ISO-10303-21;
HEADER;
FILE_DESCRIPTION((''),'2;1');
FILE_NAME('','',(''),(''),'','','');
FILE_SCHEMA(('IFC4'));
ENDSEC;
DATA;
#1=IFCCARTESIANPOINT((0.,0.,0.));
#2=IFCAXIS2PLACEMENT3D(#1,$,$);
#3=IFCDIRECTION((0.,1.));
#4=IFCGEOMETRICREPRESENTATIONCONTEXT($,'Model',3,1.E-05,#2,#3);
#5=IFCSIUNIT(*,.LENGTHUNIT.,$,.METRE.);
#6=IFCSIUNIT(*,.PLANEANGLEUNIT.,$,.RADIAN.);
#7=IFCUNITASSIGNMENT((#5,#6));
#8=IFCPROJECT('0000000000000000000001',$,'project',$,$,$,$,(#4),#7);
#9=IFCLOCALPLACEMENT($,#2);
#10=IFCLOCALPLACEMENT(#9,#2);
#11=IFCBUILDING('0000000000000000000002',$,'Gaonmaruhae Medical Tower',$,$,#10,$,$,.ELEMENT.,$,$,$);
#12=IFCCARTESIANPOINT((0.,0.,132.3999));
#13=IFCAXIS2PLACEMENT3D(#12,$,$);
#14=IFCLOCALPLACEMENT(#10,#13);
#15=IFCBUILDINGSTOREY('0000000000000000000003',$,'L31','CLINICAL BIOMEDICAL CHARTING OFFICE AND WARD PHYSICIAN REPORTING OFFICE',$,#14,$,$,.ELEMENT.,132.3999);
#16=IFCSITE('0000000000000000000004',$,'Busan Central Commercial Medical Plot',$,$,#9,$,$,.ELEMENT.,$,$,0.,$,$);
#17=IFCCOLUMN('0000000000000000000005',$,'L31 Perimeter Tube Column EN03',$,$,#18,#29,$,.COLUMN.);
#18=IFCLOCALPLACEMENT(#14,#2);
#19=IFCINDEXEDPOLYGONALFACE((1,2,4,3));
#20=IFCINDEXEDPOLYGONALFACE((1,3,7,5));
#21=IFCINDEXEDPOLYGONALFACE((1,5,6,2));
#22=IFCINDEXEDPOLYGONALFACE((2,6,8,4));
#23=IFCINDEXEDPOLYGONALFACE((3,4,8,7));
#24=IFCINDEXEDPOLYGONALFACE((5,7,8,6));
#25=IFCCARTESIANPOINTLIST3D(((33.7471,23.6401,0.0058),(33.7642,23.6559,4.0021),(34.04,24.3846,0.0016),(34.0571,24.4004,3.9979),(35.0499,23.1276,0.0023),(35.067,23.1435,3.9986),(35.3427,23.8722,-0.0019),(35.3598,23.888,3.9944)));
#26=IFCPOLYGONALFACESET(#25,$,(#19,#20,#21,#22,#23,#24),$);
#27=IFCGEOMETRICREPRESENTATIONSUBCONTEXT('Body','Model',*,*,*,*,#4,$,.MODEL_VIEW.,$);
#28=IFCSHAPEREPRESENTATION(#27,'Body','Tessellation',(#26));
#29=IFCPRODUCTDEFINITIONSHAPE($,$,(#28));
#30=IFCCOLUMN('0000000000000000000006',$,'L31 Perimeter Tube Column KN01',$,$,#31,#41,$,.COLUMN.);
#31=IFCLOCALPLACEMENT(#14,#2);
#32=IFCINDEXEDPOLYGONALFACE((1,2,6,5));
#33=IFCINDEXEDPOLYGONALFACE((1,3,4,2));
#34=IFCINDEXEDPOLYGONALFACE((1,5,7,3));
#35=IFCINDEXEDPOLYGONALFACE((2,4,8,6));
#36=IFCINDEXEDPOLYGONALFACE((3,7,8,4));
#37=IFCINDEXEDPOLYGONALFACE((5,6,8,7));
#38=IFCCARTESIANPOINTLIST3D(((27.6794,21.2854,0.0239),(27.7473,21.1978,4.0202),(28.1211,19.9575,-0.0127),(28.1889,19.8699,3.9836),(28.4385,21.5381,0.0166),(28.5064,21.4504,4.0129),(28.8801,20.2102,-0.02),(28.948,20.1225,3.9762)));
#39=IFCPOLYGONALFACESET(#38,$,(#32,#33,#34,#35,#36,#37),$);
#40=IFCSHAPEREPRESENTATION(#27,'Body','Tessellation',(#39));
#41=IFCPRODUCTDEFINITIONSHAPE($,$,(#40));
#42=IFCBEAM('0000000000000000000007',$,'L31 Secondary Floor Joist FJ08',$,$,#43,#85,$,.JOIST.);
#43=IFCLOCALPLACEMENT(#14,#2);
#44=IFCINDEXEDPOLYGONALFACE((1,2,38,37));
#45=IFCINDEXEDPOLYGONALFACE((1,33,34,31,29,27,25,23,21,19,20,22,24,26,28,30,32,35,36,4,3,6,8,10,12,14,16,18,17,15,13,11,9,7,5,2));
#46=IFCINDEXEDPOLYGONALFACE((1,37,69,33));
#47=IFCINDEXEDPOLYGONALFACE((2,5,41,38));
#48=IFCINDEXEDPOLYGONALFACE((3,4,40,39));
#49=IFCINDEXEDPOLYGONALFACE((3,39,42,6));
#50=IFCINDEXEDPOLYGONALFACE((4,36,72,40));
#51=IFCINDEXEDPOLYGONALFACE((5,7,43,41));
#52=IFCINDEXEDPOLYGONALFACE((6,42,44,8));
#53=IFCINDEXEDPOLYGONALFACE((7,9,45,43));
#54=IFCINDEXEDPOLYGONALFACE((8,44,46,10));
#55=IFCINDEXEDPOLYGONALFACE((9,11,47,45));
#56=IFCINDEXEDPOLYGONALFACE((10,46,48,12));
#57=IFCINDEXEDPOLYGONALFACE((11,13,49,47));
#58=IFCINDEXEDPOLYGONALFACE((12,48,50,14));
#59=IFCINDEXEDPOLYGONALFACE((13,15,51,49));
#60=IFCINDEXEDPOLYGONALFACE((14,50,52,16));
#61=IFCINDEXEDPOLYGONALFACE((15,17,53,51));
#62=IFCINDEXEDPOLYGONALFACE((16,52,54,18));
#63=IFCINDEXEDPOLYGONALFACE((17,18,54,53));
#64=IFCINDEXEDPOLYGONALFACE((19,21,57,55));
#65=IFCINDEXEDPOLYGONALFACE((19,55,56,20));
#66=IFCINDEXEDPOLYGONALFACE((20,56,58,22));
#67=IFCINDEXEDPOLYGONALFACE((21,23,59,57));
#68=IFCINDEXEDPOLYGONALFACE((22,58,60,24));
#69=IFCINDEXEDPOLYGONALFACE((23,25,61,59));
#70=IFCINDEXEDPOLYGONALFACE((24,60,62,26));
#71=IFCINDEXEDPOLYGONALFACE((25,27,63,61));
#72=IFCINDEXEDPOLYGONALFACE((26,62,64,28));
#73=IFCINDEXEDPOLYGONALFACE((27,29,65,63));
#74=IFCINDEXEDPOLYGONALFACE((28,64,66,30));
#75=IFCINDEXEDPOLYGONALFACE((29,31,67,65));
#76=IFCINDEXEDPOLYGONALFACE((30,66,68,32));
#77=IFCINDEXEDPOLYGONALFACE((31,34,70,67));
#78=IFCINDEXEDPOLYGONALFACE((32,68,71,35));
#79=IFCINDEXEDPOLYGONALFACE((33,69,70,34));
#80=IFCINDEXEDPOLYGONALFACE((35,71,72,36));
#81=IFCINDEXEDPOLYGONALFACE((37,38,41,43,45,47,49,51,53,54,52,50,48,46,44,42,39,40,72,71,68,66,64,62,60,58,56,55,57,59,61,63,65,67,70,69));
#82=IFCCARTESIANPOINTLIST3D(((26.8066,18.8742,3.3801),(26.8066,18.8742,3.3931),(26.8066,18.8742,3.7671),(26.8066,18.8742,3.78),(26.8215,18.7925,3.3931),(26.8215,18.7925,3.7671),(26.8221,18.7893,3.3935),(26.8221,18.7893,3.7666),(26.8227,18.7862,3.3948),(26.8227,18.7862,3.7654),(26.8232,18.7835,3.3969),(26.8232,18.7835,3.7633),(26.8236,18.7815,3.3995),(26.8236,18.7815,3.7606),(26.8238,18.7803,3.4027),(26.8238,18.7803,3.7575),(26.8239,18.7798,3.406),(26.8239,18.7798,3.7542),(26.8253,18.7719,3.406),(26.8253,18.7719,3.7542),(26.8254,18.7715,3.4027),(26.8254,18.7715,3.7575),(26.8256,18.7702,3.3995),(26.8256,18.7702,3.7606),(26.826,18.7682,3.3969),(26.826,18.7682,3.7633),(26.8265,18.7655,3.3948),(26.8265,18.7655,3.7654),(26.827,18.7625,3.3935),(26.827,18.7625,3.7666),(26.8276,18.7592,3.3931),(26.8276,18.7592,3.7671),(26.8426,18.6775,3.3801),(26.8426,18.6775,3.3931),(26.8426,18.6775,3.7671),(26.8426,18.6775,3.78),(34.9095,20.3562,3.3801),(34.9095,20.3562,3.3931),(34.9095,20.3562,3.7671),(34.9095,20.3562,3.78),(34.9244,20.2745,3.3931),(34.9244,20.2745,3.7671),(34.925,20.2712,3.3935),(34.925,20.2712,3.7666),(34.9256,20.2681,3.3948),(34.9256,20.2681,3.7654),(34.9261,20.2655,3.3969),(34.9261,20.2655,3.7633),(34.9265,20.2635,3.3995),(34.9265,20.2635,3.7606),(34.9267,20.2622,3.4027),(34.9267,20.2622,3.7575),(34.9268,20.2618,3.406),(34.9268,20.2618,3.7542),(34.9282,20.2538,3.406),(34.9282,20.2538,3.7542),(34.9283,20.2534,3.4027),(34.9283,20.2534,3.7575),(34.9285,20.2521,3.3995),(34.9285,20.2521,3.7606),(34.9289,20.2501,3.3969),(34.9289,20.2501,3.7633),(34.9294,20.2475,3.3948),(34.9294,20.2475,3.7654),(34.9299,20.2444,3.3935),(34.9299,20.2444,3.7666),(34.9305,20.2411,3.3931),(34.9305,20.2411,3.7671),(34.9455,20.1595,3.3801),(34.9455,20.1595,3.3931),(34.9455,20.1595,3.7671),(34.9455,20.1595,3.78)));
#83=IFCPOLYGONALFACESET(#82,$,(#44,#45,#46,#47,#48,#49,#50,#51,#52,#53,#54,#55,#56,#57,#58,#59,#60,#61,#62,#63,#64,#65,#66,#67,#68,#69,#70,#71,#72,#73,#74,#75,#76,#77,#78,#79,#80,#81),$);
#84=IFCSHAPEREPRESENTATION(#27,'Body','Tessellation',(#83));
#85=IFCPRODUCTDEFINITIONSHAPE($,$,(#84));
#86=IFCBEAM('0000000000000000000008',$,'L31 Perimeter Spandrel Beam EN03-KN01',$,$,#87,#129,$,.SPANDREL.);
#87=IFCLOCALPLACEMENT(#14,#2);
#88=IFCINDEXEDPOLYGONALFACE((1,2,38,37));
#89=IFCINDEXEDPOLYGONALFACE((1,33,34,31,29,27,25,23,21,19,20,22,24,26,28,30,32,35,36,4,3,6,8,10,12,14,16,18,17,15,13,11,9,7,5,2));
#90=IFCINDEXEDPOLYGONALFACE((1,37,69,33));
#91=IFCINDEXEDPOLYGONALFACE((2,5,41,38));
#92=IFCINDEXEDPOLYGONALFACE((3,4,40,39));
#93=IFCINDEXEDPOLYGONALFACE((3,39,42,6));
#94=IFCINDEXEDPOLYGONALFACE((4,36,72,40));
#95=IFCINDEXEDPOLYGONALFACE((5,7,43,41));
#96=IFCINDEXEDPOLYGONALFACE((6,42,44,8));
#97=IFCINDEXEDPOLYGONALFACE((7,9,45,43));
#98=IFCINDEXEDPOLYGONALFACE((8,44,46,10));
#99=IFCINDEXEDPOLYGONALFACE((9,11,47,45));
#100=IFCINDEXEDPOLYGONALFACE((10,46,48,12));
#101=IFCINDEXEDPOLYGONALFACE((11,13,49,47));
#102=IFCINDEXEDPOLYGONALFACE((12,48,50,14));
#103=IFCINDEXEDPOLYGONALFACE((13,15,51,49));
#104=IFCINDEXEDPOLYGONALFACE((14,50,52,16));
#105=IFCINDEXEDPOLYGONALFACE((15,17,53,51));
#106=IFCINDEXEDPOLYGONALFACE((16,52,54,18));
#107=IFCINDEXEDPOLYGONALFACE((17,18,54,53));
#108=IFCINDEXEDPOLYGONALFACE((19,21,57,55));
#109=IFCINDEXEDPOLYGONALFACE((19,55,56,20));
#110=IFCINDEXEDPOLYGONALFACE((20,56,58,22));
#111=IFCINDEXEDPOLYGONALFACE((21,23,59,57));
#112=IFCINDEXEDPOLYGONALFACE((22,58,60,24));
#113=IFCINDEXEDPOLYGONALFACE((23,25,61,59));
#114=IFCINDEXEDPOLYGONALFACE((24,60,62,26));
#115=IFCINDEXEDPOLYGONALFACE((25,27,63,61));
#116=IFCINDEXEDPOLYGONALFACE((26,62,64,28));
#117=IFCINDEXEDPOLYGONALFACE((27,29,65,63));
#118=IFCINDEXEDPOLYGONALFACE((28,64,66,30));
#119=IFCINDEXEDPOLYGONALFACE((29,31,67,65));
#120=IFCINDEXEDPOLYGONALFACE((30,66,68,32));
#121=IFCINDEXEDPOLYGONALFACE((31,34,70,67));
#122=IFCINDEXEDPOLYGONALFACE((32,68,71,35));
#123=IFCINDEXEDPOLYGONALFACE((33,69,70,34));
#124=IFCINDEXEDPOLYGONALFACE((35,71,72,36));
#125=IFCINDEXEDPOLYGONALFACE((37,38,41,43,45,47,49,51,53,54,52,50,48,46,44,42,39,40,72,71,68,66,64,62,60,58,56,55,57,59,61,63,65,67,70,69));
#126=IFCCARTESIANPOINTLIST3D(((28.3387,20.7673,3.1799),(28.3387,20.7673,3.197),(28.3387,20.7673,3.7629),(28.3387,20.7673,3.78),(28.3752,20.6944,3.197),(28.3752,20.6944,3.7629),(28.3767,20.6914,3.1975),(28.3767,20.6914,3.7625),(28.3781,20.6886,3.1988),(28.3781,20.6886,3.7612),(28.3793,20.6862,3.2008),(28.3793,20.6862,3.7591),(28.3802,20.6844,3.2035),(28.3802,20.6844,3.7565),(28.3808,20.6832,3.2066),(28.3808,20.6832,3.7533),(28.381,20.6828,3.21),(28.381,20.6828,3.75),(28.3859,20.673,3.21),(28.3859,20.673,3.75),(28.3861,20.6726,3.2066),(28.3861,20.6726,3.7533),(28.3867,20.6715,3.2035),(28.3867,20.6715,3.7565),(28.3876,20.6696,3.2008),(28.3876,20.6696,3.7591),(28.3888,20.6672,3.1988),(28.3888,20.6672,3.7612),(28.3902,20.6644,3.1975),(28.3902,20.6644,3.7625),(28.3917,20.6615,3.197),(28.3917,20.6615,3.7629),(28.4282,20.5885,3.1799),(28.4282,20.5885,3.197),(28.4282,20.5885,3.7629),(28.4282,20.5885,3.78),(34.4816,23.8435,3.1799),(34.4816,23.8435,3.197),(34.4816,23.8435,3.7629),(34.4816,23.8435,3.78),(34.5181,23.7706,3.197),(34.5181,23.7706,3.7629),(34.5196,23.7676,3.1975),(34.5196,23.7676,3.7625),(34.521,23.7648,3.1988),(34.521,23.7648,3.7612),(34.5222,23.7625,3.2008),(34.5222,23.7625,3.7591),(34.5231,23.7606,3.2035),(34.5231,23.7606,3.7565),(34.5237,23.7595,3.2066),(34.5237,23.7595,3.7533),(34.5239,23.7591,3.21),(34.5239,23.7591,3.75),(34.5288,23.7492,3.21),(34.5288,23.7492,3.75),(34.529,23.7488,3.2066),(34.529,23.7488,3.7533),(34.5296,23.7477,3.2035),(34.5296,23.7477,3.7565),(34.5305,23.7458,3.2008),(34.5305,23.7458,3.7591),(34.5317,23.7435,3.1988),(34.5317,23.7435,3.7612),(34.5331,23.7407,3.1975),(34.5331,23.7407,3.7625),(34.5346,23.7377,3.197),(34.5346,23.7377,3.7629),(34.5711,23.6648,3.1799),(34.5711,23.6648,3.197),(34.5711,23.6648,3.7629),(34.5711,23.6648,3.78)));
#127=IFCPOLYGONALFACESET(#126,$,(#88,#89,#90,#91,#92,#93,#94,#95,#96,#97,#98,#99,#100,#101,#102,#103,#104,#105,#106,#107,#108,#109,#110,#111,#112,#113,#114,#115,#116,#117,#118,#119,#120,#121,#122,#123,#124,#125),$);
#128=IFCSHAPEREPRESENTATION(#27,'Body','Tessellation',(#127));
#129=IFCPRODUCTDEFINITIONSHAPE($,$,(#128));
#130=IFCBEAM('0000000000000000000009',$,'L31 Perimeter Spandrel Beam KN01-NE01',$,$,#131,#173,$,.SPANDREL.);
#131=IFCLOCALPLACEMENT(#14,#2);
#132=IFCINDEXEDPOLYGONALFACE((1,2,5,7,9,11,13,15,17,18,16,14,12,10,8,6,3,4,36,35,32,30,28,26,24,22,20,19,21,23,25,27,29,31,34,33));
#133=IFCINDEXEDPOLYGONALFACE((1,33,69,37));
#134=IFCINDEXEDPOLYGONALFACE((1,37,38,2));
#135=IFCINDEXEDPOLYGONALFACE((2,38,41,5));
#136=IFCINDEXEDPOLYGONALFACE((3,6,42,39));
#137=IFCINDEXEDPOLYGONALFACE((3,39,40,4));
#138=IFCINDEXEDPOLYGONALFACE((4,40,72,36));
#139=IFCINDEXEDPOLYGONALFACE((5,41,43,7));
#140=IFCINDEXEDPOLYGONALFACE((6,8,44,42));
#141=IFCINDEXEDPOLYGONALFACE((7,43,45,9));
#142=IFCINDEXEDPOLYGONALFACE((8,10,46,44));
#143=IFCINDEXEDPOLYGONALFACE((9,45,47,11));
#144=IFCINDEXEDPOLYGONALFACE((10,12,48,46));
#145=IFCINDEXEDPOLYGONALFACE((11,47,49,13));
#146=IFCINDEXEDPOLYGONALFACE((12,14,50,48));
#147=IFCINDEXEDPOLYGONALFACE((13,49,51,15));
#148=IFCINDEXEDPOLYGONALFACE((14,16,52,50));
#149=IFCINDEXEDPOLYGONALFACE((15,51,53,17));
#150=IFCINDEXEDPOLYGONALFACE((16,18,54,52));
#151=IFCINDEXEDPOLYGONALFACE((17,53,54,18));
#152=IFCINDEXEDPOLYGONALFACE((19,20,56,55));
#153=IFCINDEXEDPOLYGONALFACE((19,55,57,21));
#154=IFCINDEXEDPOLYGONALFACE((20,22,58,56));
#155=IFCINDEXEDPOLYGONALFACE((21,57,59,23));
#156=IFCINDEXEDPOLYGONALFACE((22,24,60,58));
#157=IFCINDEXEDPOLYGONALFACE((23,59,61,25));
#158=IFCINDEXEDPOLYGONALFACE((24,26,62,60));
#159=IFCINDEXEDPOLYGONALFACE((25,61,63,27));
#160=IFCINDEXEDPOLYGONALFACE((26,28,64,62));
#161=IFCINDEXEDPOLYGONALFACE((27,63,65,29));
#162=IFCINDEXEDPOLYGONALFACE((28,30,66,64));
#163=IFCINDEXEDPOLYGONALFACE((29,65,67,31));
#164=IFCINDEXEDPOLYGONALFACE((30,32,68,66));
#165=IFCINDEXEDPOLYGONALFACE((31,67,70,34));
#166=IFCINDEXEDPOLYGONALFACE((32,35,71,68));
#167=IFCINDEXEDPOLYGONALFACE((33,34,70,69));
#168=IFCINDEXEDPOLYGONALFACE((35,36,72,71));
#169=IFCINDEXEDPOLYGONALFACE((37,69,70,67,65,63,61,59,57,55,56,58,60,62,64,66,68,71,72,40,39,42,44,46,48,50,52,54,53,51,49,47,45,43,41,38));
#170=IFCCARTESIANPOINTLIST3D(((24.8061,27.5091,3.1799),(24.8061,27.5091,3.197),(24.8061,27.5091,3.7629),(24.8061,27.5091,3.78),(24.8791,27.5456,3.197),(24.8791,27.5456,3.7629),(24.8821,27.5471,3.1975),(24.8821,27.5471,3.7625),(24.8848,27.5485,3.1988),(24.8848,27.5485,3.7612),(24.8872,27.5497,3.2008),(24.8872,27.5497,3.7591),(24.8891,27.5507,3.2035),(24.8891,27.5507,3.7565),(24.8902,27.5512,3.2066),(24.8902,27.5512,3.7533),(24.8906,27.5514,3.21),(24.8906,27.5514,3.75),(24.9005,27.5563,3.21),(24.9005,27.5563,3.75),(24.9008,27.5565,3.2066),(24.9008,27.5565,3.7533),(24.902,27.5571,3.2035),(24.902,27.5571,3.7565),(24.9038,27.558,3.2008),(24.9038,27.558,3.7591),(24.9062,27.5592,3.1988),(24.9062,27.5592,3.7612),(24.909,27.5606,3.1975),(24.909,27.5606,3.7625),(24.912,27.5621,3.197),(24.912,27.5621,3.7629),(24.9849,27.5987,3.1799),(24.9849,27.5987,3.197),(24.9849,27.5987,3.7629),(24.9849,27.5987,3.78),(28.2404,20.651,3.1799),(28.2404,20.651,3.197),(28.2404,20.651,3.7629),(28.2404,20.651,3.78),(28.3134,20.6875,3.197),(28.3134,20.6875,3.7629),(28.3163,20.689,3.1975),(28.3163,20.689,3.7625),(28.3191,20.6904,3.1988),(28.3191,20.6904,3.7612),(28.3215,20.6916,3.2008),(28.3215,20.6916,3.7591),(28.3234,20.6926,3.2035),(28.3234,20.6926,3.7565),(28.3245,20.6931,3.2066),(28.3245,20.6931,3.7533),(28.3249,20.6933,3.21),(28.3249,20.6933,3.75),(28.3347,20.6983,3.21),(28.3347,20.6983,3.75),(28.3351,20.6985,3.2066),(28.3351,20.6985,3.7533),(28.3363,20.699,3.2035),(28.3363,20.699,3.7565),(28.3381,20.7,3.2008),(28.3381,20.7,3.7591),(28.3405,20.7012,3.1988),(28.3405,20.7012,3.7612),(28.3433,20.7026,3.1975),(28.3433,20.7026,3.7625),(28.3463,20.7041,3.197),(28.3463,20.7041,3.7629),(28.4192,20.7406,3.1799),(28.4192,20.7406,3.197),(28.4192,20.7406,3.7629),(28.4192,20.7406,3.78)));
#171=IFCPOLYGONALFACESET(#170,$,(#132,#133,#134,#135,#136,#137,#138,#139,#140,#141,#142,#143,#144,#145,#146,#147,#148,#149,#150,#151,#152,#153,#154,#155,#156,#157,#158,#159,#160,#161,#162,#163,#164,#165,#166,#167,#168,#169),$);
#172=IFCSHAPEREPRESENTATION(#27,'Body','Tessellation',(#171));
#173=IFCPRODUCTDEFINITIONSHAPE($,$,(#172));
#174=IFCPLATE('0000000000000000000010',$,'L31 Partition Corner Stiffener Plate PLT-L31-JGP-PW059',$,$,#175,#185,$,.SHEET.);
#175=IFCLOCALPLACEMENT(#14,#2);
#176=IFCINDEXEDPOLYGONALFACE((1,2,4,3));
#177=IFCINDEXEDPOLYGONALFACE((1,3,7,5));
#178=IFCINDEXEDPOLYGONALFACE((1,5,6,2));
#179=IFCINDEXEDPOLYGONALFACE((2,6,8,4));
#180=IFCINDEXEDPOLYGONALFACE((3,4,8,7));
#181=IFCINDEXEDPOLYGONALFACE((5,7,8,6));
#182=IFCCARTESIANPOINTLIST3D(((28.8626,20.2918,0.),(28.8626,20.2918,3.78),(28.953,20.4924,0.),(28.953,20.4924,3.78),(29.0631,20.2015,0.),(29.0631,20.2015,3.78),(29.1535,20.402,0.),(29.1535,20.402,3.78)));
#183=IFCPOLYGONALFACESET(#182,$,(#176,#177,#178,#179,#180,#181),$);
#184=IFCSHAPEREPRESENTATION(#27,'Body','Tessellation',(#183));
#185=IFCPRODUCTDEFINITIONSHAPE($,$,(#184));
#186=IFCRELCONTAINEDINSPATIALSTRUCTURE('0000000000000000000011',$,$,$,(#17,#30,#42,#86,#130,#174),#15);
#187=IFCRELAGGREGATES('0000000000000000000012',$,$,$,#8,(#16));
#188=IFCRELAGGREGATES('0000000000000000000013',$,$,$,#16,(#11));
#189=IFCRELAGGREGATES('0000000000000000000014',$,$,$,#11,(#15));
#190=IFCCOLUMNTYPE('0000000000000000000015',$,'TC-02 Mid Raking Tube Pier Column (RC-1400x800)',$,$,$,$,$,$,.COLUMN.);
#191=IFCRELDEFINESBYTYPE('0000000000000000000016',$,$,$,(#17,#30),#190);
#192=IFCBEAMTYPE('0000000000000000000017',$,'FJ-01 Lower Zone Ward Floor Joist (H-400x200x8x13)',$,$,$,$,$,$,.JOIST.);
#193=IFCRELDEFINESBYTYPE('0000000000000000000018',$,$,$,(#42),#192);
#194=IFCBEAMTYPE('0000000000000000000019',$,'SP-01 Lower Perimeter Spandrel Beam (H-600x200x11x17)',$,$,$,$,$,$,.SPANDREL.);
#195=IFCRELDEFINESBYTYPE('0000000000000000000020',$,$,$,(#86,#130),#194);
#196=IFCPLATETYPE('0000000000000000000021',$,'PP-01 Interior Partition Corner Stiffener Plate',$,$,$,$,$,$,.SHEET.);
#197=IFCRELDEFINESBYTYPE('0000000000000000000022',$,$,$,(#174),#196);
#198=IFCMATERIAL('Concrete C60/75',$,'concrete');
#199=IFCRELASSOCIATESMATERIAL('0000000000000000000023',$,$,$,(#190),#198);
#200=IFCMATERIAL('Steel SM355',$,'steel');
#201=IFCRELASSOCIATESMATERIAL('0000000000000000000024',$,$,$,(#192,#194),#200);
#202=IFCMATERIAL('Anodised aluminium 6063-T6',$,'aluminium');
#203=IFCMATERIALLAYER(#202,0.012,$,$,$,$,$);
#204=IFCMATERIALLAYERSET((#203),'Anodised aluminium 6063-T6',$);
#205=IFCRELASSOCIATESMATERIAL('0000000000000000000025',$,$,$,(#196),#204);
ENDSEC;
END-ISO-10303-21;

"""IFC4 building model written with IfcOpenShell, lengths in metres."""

from ifc_helpers import new_model, si_unit, direction, frame, origin, origin_2d, place, context, subcontext, project, spatial, rectangle, i_section, extrude, material, layer, layer_set, material_profile, profile_set, type_object, element, save


model = new_model("IFC4")

# Units and contexts
model_context = context("Model", 3, precision=1e-05, world=origin(), true_north=direction((0.0, 1.0)))
body_context = subcontext(model_context, "Body", "Model", "MODEL_VIEW")
ifc_project = project(units=[si_unit("LENGTHUNIT", "METRE"), si_unit("PLANEANGLEUNIT", "RADIAN")], contexts=[model_context])

# Site, building, storey
site_placement = place(None, origin())
site = spatial("IfcSite", under=ifc_project, at=site_placement, Name="Busan Central Commercial Medical Plot", CompositionType="ELEMENT", RefElevation=0.0)
building_placement = place(site_placement, origin())
building = spatial("IfcBuilding", under=site, at=building_placement, Name="Gaonmaruhae Medical Tower", CompositionType="ELEMENT")
storey_placement = place(building_placement, frame((0.0, 0.0, 132.3999)))
storey = spatial("IfcBuildingStorey", under=building, at=storey_placement, Name="L31", Description="CLINICAL BIOMEDICAL CHARTING OFFICE AND WARD PHYSICIAN REPORTING OFFICE", CompositionType="ELEMENT", Elevation=132.3999)

# Columns
ifc_material_1 = material(Name="Concrete C60/75", Category="concrete")
ifc_material_profile_1 = material_profile(ifc_material_1, rectangle(XDim=1.3999, YDim=0.8, at=origin_2d()), Name="RC-1400x800")
ifc_profile_set_1 = profile_set([ifc_material_profile_1], Name="Concrete C60/75")
column_type = type_object("IfcColumnType", Name="TC-02 Mid Raking Tube Pier Column (RC-1400x800)", PredefinedType="COLUMN", material=ifc_profile_set_1)
column_1_placement = place(storey_placement, frame((34.5449, 23.7561, 0.002), z_axis=(0.004276, 0.003971, 0.999983), x_axis=(-0.930597, 0.366037, 0.002526)))
element("IfcColumn", 1, at=column_1_placement, inside=storey, type_object=column_type, Name="L31 Perimeter Tube Column EN03", PredefinedType="COLUMN", context=body_context, shape_type="SweptSolid", body=[
    extrude(rectangle(XDim=1.3999, YDim=0.8, at=origin_2d()), origin(), (0.0, 0.0, 1.0), 3.9963),
])
column_2_placement = place(storey_placement, frame((28.2798, 20.7478, 0.002), z_axis=(0.016977, -0.021923, 0.999616), x_axis=(-0.315481, 0.948571, 0.026162)))
element("IfcColumn", 2, at=column_2_placement, inside=storey, type_object=column_type, Name="L31 Perimeter Tube Column KN01", PredefinedType="COLUMN", context=body_context, shape_type="SweptSolid", body=[
    extrude(rectangle(XDim=1.3999, YDim=0.8, at=origin_2d()), origin(), (0.0, 0.0, 1.0), 3.9978),
])

# Beams
ifc_material_2 = material(Name="Steel SM355", Category="steel")
ifc_material_profile_2 = material_profile(ifc_material_2, i_section(OverallWidth=0.2, OverallDepth=0.3999, WebThickness=0.0081, FlangeThickness=0.0129, FilletRadius=0.0129, at=origin_2d()), Name="H-400x200x8x13")
ifc_profile_set_2 = profile_set([ifc_material_profile_2], Name="Steel SM355")
beam_type_1 = type_object("IfcBeamType", Name="FJ-01 Lower Zone Ward Floor Joist (H-400x200x8x13)", PredefinedType="JOIST", material=ifc_profile_set_2)
beam_1_placement = place(storey_placement, frame((34.9275, 20.2578, 3.5801), z_axis=(-0.983683, -0.179908, 0.0), x_axis=(0.179908, -0.983683, 0.0)))
element("IfcBeam", 3, at=beam_1_placement, inside=storey, type_object=beam_type_1, Name="L31 Secondary Floor Joist FJ08", PredefinedType="JOIST", context=body_context, shape_type="SweptSolid", body=[
    extrude(i_section(OverallWidth=0.2, OverallDepth=0.3999, WebThickness=0.0081, FlangeThickness=0.0129, FilletRadius=0.0129, at=origin_2d()), origin(), (0.0, 0.0, 1.0), 8.2373),
])
ifc_material_profile_3 = material_profile(ifc_material_2, i_section(OverallWidth=0.2, OverallDepth=0.6001, WebThickness=0.011, FlangeThickness=0.0171, FilletRadius=0.0129, at=origin_2d()), Name="H-600x200x11x17")
ifc_profile_set_3 = profile_set([ifc_material_profile_3], Name="Steel SM355")
beam_type_2 = type_object("IfcBeamType", Name="SP-01 Lower Perimeter Spandrel Beam (H-600x200x11x17)", PredefinedType="SPANDREL", material=ifc_profile_set_3)
beam_2_placement = place(storey_placement, frame((34.5264, 23.7542, 3.48), z_axis=(-0.89415, -0.447768, 0.0), x_axis=(0.447768, -0.89415, 0.0)))
element("IfcBeam", 4, at=beam_2_placement, inside=storey, type_object=beam_type_2, Name="L31 Perimeter Spandrel Beam EN03-KN01", PredefinedType="SPANDREL", context=body_context, shape_type="SweptSolid", body=[
    extrude(i_section(OverallWidth=0.2, OverallDepth=0.6001, WebThickness=0.011, FlangeThickness=0.0171, FilletRadius=0.0129, at=origin_2d()), origin(), (0.0, 0.0, 1.0), 6.8701),
])
beam_3_placement = place(storey_placement, frame((28.3298, 20.6958, 3.48), z_axis=(-0.447761, 0.894153, 0.0), x_axis=(-0.894153, -0.447761, 0.0)))
element("IfcBeam", 5, at=beam_3_placement, inside=storey, type_object=beam_type_2, Name="L31 Perimeter Spandrel Beam KN01-NE01", PredefinedType="SPANDREL", context=body_context, shape_type="SweptSolid", body=[
    extrude(i_section(OverallWidth=0.2, OverallDepth=0.6001, WebThickness=0.011, FlangeThickness=0.0171, FilletRadius=0.0129, at=origin_2d()), origin(), (0.0, 0.0, 1.0), 7.6699),
])

# Plate
ifc_material_3 = material(Name="Anodised aluminium 6063-T6", Category="aluminium")
ifc_layer_1 = layer(ifc_material_3, 0.012)
ifc_layer_set_1 = layer_set([ifc_layer_1], Name="Anodised aluminium 6063-T6")
plate_type = type_object("IfcPlateType", Name="PP-01 Interior Partition Corner Stiffener Plate", PredefinedType="SHEET", material=ifc_layer_set_1)
for number, where, z_axis, x_axis, name in (
    (6, (29.0081, 20.3469, 0.0), (0.0, 0.0, 1.0), (-0.410846, -0.911705, 0.0), "L31 Partition Corner Stiffener Plate PLT-L31-JGP-PW059"),
):
    element("IfcPlate", number, at=place(storey_placement, frame(where, z_axis=z_axis, x_axis=x_axis)), inside=storey, type_object=plate_type, Name=name, PredefinedType="SHEET", context=body_context, shape_type="SweptSolid", body=[
        extrude(rectangle(XDim=0.22, YDim=0.22, at=origin_2d()), origin(), (0.0, 0.0, 1.0), 3.78),
    ])

save(model, "model.ifc")
